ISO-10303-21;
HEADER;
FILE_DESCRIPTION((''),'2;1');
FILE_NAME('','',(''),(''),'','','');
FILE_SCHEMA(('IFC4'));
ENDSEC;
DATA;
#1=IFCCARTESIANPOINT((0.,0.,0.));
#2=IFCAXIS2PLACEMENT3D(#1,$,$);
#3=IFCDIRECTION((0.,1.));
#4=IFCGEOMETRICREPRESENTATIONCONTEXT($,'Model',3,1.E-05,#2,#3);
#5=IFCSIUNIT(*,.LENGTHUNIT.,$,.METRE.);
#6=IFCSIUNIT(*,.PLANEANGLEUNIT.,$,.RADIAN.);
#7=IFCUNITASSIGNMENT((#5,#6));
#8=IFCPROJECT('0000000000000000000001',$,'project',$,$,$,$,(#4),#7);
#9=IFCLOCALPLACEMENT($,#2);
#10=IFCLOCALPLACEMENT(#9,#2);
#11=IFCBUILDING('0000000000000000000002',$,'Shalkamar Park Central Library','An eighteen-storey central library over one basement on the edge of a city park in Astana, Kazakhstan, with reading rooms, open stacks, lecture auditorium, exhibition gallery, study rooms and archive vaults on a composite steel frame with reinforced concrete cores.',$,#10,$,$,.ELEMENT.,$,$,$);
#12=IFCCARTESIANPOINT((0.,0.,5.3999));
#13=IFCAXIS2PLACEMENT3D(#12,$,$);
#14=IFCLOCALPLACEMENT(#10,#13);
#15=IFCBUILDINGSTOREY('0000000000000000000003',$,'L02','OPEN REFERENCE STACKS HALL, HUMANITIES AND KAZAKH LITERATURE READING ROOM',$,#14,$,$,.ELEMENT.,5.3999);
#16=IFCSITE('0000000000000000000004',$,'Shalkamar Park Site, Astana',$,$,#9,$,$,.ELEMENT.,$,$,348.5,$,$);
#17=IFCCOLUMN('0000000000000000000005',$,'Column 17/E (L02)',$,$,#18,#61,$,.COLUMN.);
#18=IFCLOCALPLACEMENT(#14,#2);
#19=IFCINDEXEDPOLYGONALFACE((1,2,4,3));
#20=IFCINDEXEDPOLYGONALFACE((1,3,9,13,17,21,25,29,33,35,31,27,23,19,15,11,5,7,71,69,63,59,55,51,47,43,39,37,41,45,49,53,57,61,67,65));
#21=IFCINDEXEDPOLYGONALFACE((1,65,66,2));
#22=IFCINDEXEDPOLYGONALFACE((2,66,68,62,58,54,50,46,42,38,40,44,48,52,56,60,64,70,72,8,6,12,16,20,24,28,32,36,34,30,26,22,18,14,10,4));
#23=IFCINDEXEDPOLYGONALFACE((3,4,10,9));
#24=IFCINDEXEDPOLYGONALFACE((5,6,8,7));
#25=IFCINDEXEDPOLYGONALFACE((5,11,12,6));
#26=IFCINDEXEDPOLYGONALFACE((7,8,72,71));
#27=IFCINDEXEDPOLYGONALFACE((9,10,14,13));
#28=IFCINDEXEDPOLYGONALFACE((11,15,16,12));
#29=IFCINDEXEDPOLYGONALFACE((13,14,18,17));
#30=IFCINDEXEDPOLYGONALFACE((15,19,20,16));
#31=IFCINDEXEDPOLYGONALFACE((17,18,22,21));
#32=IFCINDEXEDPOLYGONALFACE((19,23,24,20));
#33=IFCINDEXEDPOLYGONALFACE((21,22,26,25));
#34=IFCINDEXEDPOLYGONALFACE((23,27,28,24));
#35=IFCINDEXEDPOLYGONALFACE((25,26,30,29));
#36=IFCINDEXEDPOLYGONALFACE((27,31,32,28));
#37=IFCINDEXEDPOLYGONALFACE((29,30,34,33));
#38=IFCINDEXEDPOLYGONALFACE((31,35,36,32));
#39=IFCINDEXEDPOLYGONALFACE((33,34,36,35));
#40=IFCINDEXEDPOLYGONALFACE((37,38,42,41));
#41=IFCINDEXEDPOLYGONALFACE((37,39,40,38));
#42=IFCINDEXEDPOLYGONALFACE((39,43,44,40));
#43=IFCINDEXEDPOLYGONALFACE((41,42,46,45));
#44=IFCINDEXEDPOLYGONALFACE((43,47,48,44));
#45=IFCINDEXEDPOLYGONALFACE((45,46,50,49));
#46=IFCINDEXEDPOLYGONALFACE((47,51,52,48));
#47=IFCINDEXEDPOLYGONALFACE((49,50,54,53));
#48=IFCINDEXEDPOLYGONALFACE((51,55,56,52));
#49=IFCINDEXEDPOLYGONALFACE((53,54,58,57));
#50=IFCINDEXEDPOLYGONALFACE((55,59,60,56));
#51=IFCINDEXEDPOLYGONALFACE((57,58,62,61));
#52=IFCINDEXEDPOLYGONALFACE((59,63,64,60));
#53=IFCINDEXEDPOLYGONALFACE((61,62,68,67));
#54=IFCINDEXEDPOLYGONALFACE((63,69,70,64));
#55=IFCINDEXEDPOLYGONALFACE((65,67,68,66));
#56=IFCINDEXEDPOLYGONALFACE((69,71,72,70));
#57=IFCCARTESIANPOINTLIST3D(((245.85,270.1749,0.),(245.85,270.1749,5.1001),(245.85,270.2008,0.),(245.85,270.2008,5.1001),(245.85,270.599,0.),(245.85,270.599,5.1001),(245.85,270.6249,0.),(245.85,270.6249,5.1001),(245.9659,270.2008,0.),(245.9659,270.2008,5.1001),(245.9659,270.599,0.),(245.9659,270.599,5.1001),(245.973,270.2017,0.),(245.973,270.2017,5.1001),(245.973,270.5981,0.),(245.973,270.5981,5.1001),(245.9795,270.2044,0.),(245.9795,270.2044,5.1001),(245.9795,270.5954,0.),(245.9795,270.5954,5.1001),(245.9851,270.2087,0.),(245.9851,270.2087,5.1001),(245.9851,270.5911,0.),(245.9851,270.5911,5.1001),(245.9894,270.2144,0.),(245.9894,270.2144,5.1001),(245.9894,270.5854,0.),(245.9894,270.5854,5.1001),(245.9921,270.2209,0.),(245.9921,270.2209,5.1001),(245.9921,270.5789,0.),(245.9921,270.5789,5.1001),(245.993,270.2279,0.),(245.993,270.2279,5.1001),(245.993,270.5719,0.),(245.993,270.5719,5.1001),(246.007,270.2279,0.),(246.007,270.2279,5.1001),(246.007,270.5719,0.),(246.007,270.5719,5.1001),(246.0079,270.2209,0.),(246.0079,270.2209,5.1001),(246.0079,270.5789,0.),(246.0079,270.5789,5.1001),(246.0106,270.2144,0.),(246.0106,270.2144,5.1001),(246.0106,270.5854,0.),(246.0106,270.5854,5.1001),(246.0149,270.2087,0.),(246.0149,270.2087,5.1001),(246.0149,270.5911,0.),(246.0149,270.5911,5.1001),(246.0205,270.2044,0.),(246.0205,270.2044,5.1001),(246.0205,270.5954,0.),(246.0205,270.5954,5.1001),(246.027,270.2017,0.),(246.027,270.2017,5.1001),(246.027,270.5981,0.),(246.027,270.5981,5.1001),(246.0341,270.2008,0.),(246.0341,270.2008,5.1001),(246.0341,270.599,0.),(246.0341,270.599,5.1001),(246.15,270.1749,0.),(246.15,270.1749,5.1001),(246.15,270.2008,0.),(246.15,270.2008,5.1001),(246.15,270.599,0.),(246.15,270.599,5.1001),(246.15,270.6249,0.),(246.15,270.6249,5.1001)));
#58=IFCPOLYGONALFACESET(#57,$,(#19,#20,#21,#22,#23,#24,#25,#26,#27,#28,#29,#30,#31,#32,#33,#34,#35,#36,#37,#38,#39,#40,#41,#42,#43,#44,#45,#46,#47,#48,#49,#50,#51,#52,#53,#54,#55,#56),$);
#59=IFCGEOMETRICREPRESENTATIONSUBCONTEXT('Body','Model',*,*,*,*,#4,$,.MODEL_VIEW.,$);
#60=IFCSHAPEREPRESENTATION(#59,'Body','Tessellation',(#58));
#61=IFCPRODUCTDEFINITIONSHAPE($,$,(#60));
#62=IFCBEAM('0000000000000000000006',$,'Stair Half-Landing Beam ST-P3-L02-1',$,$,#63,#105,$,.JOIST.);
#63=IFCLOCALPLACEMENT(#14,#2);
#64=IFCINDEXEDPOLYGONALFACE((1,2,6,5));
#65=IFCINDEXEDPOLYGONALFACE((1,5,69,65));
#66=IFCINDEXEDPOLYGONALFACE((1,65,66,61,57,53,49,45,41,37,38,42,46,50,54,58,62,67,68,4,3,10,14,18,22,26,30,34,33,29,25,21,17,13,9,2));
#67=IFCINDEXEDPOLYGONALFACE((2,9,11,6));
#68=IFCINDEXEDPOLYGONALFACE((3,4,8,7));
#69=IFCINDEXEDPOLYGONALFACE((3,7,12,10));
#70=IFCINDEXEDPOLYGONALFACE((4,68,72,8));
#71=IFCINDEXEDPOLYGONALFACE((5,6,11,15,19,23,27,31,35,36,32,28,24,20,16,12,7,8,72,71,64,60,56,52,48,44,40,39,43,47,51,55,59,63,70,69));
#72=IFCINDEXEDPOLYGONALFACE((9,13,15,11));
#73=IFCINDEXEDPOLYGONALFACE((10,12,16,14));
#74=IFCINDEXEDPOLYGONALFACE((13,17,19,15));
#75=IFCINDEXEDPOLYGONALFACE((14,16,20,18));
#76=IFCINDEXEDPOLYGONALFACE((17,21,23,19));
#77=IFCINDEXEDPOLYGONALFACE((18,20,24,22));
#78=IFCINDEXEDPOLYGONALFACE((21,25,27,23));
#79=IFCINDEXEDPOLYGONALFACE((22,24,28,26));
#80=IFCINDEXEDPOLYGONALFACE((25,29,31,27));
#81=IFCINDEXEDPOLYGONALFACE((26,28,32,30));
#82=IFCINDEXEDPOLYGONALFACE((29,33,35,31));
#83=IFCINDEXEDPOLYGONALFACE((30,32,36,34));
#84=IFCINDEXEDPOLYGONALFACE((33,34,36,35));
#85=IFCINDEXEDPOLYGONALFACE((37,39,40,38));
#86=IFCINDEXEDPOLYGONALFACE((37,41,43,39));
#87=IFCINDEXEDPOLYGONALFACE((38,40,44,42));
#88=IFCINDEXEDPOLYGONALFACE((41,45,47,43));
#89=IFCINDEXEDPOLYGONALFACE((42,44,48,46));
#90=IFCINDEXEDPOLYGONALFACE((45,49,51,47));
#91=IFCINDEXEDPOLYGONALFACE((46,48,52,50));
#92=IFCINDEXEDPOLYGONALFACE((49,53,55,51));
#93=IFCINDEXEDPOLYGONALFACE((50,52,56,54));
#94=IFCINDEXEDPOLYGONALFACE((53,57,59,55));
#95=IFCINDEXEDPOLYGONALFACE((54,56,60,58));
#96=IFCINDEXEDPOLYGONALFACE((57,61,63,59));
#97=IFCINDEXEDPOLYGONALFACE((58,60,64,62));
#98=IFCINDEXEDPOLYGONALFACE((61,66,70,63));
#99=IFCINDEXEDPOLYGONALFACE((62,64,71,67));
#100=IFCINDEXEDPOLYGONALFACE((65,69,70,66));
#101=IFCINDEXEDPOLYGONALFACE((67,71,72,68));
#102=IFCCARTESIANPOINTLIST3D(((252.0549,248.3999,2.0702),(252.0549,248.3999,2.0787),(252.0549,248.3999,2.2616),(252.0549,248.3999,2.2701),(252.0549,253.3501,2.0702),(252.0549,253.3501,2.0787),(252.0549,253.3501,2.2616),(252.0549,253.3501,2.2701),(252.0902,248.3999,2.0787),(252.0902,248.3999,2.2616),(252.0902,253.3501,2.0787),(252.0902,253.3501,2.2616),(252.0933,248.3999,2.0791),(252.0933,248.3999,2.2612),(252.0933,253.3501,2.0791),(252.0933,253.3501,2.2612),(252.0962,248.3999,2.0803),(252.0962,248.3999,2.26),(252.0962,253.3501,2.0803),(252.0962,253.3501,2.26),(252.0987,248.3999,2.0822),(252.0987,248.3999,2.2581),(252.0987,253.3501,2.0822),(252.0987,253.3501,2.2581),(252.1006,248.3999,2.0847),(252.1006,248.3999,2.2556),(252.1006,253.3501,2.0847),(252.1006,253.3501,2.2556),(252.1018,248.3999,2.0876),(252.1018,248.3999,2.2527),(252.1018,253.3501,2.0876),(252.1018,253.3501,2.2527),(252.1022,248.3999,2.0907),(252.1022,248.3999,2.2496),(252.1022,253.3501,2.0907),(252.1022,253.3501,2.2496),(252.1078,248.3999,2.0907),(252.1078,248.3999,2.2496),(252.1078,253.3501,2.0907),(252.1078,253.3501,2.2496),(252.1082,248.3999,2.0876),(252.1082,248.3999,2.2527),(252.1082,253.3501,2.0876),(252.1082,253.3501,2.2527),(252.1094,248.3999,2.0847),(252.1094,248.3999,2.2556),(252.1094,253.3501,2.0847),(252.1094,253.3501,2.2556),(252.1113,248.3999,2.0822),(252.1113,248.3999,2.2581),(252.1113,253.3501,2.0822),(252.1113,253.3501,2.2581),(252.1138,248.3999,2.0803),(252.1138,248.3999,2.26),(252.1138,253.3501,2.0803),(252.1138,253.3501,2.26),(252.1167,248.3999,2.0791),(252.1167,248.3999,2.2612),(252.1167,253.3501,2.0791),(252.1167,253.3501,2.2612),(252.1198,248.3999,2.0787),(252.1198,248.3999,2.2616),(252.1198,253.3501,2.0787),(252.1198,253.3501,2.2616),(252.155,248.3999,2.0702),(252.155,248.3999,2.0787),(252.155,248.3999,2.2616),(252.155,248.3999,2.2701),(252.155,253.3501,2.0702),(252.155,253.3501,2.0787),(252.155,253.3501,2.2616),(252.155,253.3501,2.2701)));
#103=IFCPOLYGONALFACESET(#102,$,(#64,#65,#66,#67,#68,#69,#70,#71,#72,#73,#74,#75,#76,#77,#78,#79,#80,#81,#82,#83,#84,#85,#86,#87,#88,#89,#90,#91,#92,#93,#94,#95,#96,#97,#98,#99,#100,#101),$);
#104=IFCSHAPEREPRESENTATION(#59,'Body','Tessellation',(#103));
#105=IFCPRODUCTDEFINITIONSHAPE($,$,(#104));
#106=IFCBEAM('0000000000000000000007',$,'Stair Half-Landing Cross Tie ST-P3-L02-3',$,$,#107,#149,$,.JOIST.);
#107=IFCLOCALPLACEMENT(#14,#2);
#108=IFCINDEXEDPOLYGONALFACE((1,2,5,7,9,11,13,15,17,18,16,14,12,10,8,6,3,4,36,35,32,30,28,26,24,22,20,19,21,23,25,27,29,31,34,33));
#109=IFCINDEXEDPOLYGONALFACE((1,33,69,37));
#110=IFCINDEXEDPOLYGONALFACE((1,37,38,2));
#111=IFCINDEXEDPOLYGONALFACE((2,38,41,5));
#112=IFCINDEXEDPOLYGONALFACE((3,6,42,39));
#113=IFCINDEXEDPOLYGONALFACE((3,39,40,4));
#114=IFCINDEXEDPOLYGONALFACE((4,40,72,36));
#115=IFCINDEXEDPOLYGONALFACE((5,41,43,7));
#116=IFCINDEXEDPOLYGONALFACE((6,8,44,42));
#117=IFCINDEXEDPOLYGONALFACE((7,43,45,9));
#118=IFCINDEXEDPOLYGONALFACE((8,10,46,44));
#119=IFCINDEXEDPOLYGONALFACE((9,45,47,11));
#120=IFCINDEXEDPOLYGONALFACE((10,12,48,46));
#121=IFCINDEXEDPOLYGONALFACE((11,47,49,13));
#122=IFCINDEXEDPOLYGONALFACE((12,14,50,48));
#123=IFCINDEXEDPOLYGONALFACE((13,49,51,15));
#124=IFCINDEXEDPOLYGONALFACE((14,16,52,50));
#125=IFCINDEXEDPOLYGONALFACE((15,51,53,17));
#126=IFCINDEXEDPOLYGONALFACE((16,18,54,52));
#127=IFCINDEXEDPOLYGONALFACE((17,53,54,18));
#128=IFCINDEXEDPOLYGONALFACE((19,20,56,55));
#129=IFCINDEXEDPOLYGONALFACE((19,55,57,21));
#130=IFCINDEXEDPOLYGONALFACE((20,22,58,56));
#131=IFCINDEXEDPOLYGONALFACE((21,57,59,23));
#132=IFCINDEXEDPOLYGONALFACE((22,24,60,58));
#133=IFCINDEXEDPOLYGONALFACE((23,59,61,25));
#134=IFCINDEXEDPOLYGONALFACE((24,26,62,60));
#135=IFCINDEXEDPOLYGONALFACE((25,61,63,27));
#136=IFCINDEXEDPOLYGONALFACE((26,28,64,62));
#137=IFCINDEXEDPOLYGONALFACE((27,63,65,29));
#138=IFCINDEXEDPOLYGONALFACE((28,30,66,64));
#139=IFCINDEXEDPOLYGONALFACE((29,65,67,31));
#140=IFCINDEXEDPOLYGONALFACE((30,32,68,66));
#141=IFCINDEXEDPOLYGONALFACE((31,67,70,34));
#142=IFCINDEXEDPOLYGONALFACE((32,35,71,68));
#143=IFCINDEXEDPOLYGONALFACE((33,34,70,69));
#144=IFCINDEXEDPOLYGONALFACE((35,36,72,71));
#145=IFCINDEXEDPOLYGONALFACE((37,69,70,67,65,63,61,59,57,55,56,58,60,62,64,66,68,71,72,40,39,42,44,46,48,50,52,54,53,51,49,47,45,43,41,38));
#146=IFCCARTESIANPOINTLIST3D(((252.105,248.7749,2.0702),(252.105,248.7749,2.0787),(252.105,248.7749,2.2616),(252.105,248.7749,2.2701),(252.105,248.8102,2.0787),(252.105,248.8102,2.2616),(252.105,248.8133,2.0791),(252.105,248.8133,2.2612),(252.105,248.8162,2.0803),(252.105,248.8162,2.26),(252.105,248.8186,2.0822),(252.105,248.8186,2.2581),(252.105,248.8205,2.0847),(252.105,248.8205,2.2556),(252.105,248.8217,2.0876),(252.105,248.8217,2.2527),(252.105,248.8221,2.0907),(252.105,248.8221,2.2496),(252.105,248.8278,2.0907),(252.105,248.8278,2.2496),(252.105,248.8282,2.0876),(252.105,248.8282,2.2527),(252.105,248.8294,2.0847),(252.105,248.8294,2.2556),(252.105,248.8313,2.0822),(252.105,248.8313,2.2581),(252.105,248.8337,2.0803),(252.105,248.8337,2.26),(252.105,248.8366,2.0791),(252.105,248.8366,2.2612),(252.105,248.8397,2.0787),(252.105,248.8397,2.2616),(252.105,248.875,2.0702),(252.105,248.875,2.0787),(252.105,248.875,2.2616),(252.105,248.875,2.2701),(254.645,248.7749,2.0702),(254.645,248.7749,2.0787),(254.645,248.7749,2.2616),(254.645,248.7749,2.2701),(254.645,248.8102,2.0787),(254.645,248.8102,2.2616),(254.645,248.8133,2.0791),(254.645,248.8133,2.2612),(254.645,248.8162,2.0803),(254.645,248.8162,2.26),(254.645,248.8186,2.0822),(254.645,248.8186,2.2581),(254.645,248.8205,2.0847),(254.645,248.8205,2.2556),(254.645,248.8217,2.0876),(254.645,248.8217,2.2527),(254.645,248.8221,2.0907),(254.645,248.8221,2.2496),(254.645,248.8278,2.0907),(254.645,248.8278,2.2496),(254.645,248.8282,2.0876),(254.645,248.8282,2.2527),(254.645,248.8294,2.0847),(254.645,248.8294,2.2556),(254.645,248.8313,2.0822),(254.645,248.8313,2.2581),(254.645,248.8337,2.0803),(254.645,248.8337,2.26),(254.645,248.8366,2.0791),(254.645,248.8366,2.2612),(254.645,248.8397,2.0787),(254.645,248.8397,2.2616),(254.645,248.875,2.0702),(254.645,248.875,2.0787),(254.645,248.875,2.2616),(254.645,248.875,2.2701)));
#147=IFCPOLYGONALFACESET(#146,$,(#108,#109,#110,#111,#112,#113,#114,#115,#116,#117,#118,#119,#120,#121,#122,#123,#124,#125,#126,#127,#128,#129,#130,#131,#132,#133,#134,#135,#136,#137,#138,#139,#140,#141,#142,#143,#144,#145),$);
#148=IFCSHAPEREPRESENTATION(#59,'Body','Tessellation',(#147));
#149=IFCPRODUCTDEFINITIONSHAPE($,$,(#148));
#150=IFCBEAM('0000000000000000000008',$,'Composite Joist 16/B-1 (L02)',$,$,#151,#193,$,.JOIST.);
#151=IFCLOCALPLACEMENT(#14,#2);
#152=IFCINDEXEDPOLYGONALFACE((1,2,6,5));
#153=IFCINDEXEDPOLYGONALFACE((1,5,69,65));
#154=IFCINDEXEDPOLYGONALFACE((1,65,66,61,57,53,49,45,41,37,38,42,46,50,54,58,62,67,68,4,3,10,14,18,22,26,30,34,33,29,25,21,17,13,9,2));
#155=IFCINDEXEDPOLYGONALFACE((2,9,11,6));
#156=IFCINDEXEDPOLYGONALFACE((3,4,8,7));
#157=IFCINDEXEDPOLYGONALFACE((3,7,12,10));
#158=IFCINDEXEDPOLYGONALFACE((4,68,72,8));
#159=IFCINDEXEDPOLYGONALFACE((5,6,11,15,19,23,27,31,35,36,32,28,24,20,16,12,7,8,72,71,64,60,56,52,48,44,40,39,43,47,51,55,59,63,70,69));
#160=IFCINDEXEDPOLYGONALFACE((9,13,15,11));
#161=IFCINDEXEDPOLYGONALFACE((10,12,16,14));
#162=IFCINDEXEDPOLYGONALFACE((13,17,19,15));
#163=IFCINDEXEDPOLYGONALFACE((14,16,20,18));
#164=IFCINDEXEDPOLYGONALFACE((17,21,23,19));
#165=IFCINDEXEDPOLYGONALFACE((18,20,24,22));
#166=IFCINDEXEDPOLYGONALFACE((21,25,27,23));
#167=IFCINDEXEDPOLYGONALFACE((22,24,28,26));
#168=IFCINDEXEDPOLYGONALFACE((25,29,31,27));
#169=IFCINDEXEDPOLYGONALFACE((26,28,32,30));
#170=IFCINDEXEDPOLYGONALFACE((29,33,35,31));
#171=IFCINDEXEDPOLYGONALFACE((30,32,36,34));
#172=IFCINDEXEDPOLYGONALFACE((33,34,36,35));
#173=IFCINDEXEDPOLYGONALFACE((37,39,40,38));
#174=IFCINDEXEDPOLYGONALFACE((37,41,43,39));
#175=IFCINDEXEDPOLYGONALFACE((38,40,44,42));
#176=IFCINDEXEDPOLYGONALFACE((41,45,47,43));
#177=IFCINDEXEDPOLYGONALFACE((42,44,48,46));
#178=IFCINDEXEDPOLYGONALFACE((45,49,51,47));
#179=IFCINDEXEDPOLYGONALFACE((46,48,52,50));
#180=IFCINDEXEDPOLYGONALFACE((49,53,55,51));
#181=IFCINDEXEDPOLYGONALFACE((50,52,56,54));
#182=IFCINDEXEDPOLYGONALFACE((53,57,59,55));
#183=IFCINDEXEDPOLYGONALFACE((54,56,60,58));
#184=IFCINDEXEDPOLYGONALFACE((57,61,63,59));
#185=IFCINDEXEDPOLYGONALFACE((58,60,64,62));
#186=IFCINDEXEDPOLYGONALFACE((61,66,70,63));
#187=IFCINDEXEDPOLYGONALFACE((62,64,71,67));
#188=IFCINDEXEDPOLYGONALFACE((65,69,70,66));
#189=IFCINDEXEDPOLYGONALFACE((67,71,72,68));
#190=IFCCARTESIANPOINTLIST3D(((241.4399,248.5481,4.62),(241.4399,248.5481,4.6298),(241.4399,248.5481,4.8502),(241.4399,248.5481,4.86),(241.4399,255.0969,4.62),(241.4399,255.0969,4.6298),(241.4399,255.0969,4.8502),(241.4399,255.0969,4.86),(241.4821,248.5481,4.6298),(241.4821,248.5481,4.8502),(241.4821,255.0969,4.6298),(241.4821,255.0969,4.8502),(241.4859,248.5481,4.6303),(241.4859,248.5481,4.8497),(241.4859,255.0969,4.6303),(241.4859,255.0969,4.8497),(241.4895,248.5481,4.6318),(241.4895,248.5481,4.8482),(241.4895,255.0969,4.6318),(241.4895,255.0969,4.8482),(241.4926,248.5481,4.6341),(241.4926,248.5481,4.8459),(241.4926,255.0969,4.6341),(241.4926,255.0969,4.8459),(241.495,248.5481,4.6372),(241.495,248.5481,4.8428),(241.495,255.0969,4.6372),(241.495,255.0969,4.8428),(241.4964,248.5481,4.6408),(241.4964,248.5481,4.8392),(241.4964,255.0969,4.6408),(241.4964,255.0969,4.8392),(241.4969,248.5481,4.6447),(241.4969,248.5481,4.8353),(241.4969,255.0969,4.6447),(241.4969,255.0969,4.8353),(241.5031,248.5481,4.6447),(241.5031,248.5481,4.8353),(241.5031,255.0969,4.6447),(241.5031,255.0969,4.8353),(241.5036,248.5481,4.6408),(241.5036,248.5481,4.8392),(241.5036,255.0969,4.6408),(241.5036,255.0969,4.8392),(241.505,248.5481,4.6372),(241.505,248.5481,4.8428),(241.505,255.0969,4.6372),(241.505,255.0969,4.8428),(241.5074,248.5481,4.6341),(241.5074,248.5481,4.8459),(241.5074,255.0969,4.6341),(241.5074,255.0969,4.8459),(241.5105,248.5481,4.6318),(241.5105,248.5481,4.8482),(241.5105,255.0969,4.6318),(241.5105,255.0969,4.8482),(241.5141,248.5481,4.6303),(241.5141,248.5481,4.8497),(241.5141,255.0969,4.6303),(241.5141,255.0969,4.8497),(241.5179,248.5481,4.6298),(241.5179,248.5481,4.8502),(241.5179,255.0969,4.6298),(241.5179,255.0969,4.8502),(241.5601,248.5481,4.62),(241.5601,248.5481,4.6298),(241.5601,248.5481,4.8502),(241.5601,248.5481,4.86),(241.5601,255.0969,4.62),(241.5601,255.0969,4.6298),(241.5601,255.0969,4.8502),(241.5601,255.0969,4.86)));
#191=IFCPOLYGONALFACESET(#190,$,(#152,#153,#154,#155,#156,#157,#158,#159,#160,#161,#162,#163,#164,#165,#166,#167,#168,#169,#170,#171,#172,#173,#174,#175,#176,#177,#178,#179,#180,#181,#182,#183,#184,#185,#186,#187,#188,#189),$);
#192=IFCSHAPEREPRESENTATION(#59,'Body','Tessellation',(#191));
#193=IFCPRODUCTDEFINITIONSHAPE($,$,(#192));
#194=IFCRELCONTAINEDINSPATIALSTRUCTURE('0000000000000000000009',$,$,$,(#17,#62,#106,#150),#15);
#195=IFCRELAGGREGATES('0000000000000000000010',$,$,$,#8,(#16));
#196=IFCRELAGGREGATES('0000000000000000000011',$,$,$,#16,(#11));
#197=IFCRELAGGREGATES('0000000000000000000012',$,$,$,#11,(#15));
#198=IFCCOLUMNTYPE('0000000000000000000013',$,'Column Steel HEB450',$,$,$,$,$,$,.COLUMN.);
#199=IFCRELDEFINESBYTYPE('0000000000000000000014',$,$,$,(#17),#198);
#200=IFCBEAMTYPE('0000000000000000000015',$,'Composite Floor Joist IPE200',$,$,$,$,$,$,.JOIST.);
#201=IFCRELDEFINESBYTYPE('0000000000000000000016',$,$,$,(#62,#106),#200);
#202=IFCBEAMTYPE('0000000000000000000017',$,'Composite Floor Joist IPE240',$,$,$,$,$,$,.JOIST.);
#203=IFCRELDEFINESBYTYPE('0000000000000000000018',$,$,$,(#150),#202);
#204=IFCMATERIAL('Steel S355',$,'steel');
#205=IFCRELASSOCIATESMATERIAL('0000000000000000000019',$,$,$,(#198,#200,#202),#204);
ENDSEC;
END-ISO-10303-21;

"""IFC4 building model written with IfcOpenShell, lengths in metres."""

from ifc_helpers import new_model, si_unit, direction, frame, origin, origin_2d, place, context, subcontext, project, spatial, i_section, extrude, material, material_profile, profile_set, type_object, element, save


model = new_model("IFC4")

# Units and contexts
model_context = context("Model", 3, precision=1e-05, world=origin(), true_north=direction((0.0, 1.0)))
body_context = subcontext(model_context, "Body", "Model", "MODEL_VIEW")
ifc_project = project(units=[si_unit("LENGTHUNIT", "METRE"), si_unit("PLANEANGLEUNIT", "RADIAN")], contexts=[model_context])

# Site, building, storey
site_placement = place(None, origin())
site = spatial("IfcSite", under=ifc_project, at=site_placement, Name="Shalkamar Park Site, Astana", CompositionType="ELEMENT", RefElevation=348.5)
building_placement = place(site_placement, origin())
building = spatial("IfcBuilding", under=site, at=building_placement, Name="Shalkamar Park Central Library", Description="An eighteen-storey central library over one basement on the edge of a city park in Astana, Kazakhstan, with reading rooms, open stacks, lecture auditorium, exhibition gallery, study rooms and archive vaults on a composite steel frame with reinforced concrete cores.", CompositionType="ELEMENT")
storey_placement = place(building_placement, frame((0.0, 0.0, 5.3999)))
storey = spatial("IfcBuildingStorey", under=building, at=storey_placement, Name="L02", Description="OPEN REFERENCE STACKS HALL, HUMANITIES AND KAZAKH LITERATURE READING ROOM", CompositionType="ELEMENT", Elevation=5.3999)

# Column
ifc_material_1 = material(Name="Steel S355", Category="steel")
ifc_material_profile_1 = material_profile(ifc_material_1, i_section(OverallWidth=0.3, OverallDepth=0.45, WebThickness=0.0139, FlangeThickness=0.0259, FilletRadius=0.0271, at=origin_2d()), Name="HEB 450")
ifc_profile_set_1 = profile_set([ifc_material_profile_1], Name="Steel S355")
column_type_1 = type_object("IfcColumnType", Name="Column Steel HEB450", PredefinedType="COLUMN", material=ifc_profile_set_1)
for number, where, z_axis, x_axis, name in (
    (1, (246.0, 270.3999, 0.0), (0.0, 0.0, 1.0), (1.0, 0.0, 0.0), "Column 17/E (L02)"),
):
    element("IfcColumn", number, at=place(storey_placement, frame(where, z_axis=z_axis, x_axis=x_axis)), inside=storey, type_object=column_type_1, Name=name, PredefinedType="COLUMN", context=body_context, shape_type="SweptSolid", body=[
        extrude(i_section(OverallWidth=0.3, OverallDepth=0.45, WebThickness=0.0139, FlangeThickness=0.0259, FilletRadius=0.0271, at=origin_2d()), origin(), (0.0, 0.0, 1.0), 5.1001),
    ])

# Beams
ifc_material_profile_2 = material_profile(ifc_material_1, i_section(OverallWidth=0.1001, OverallDepth=0.2, WebThickness=0.0056, FlangeThickness=0.0085, FilletRadius=0.012, at=origin_2d()), Name="IPE 200")
ifc_profile_set_2 = profile_set([ifc_material_profile_2], Name="Steel S355")
beam_type_1 = type_object("IfcBeamType", Name="Composite Floor Joist IPE200", PredefinedType="JOIST", material=ifc_profile_set_2)
beam_1_placement = place(storey_placement, frame((252.105, 248.3999, 2.1702), z_axis=(0.0, 1.0, 0.0), x_axis=(-1.0, 0.0, 0.0)))
element("IfcBeam", 2, at=beam_1_placement, inside=storey, type_object=beam_type_1, Name="Stair Half-Landing Beam ST-P3-L02-1", PredefinedType="JOIST", context=body_context, shape_type="SweptSolid", body=[
    extrude(i_section(OverallWidth=0.1001, OverallDepth=0.2, WebThickness=0.0056, FlangeThickness=0.0085, FilletRadius=0.012, at=origin_2d()), origin(), (0.0, 0.0, 1.0), 4.9502),
])
beam_2_placement = place(storey_placement, frame((252.105, 248.825, 2.1702), z_axis=(1.0, 0.0, 0.0), x_axis=(0.0, 1.0, 0.0)))
element("IfcBeam", 3, at=beam_2_placement, inside=storey, type_object=beam_type_1, Name="Stair Half-Landing Cross Tie ST-P3-L02-3", PredefinedType="JOIST", context=body_context, shape_type="SweptSolid", body=[
    extrude(i_section(OverallWidth=0.1001, OverallDepth=0.2, WebThickness=0.0056, FlangeThickness=0.0085, FilletRadius=0.012, at=origin_2d()), origin(), (0.0, 0.0, 1.0), 2.54),
])
ifc_material_profile_3 = material_profile(ifc_material_1, i_section(OverallWidth=0.1201, OverallDepth=0.24, WebThickness=0.0061, FlangeThickness=0.0098, FilletRadius=0.0149, at=origin_2d()), Name="IPE 240")
ifc_profile_set_3 = profile_set([ifc_material_profile_3], Name="Steel S355")
beam_type_2 = type_object("IfcBeamType", Name="Composite Floor Joist IPE240", PredefinedType="JOIST", material=ifc_profile_set_3)
beam_3_placement = place(storey_placement, frame((241.5, 248.5481, 4.74), z_axis=(0.0, 1.0, 0.0), x_axis=(-1.0, 0.0, 0.0)))
element("IfcBeam", 4, at=beam_3_placement, inside=storey, type_object=beam_type_2, Name="Composite Joist 16/B-1 (L02)", PredefinedType="JOIST", context=body_context, shape_type="SweptSolid", body=[
    extrude(i_section(OverallWidth=0.1201, OverallDepth=0.24, WebThickness=0.0061, FlangeThickness=0.0098, FilletRadius=0.0149, at=origin_2d()), origin(), (0.0, 0.0, 1.0), 6.5488),
])

save(model, "model.ifc")
